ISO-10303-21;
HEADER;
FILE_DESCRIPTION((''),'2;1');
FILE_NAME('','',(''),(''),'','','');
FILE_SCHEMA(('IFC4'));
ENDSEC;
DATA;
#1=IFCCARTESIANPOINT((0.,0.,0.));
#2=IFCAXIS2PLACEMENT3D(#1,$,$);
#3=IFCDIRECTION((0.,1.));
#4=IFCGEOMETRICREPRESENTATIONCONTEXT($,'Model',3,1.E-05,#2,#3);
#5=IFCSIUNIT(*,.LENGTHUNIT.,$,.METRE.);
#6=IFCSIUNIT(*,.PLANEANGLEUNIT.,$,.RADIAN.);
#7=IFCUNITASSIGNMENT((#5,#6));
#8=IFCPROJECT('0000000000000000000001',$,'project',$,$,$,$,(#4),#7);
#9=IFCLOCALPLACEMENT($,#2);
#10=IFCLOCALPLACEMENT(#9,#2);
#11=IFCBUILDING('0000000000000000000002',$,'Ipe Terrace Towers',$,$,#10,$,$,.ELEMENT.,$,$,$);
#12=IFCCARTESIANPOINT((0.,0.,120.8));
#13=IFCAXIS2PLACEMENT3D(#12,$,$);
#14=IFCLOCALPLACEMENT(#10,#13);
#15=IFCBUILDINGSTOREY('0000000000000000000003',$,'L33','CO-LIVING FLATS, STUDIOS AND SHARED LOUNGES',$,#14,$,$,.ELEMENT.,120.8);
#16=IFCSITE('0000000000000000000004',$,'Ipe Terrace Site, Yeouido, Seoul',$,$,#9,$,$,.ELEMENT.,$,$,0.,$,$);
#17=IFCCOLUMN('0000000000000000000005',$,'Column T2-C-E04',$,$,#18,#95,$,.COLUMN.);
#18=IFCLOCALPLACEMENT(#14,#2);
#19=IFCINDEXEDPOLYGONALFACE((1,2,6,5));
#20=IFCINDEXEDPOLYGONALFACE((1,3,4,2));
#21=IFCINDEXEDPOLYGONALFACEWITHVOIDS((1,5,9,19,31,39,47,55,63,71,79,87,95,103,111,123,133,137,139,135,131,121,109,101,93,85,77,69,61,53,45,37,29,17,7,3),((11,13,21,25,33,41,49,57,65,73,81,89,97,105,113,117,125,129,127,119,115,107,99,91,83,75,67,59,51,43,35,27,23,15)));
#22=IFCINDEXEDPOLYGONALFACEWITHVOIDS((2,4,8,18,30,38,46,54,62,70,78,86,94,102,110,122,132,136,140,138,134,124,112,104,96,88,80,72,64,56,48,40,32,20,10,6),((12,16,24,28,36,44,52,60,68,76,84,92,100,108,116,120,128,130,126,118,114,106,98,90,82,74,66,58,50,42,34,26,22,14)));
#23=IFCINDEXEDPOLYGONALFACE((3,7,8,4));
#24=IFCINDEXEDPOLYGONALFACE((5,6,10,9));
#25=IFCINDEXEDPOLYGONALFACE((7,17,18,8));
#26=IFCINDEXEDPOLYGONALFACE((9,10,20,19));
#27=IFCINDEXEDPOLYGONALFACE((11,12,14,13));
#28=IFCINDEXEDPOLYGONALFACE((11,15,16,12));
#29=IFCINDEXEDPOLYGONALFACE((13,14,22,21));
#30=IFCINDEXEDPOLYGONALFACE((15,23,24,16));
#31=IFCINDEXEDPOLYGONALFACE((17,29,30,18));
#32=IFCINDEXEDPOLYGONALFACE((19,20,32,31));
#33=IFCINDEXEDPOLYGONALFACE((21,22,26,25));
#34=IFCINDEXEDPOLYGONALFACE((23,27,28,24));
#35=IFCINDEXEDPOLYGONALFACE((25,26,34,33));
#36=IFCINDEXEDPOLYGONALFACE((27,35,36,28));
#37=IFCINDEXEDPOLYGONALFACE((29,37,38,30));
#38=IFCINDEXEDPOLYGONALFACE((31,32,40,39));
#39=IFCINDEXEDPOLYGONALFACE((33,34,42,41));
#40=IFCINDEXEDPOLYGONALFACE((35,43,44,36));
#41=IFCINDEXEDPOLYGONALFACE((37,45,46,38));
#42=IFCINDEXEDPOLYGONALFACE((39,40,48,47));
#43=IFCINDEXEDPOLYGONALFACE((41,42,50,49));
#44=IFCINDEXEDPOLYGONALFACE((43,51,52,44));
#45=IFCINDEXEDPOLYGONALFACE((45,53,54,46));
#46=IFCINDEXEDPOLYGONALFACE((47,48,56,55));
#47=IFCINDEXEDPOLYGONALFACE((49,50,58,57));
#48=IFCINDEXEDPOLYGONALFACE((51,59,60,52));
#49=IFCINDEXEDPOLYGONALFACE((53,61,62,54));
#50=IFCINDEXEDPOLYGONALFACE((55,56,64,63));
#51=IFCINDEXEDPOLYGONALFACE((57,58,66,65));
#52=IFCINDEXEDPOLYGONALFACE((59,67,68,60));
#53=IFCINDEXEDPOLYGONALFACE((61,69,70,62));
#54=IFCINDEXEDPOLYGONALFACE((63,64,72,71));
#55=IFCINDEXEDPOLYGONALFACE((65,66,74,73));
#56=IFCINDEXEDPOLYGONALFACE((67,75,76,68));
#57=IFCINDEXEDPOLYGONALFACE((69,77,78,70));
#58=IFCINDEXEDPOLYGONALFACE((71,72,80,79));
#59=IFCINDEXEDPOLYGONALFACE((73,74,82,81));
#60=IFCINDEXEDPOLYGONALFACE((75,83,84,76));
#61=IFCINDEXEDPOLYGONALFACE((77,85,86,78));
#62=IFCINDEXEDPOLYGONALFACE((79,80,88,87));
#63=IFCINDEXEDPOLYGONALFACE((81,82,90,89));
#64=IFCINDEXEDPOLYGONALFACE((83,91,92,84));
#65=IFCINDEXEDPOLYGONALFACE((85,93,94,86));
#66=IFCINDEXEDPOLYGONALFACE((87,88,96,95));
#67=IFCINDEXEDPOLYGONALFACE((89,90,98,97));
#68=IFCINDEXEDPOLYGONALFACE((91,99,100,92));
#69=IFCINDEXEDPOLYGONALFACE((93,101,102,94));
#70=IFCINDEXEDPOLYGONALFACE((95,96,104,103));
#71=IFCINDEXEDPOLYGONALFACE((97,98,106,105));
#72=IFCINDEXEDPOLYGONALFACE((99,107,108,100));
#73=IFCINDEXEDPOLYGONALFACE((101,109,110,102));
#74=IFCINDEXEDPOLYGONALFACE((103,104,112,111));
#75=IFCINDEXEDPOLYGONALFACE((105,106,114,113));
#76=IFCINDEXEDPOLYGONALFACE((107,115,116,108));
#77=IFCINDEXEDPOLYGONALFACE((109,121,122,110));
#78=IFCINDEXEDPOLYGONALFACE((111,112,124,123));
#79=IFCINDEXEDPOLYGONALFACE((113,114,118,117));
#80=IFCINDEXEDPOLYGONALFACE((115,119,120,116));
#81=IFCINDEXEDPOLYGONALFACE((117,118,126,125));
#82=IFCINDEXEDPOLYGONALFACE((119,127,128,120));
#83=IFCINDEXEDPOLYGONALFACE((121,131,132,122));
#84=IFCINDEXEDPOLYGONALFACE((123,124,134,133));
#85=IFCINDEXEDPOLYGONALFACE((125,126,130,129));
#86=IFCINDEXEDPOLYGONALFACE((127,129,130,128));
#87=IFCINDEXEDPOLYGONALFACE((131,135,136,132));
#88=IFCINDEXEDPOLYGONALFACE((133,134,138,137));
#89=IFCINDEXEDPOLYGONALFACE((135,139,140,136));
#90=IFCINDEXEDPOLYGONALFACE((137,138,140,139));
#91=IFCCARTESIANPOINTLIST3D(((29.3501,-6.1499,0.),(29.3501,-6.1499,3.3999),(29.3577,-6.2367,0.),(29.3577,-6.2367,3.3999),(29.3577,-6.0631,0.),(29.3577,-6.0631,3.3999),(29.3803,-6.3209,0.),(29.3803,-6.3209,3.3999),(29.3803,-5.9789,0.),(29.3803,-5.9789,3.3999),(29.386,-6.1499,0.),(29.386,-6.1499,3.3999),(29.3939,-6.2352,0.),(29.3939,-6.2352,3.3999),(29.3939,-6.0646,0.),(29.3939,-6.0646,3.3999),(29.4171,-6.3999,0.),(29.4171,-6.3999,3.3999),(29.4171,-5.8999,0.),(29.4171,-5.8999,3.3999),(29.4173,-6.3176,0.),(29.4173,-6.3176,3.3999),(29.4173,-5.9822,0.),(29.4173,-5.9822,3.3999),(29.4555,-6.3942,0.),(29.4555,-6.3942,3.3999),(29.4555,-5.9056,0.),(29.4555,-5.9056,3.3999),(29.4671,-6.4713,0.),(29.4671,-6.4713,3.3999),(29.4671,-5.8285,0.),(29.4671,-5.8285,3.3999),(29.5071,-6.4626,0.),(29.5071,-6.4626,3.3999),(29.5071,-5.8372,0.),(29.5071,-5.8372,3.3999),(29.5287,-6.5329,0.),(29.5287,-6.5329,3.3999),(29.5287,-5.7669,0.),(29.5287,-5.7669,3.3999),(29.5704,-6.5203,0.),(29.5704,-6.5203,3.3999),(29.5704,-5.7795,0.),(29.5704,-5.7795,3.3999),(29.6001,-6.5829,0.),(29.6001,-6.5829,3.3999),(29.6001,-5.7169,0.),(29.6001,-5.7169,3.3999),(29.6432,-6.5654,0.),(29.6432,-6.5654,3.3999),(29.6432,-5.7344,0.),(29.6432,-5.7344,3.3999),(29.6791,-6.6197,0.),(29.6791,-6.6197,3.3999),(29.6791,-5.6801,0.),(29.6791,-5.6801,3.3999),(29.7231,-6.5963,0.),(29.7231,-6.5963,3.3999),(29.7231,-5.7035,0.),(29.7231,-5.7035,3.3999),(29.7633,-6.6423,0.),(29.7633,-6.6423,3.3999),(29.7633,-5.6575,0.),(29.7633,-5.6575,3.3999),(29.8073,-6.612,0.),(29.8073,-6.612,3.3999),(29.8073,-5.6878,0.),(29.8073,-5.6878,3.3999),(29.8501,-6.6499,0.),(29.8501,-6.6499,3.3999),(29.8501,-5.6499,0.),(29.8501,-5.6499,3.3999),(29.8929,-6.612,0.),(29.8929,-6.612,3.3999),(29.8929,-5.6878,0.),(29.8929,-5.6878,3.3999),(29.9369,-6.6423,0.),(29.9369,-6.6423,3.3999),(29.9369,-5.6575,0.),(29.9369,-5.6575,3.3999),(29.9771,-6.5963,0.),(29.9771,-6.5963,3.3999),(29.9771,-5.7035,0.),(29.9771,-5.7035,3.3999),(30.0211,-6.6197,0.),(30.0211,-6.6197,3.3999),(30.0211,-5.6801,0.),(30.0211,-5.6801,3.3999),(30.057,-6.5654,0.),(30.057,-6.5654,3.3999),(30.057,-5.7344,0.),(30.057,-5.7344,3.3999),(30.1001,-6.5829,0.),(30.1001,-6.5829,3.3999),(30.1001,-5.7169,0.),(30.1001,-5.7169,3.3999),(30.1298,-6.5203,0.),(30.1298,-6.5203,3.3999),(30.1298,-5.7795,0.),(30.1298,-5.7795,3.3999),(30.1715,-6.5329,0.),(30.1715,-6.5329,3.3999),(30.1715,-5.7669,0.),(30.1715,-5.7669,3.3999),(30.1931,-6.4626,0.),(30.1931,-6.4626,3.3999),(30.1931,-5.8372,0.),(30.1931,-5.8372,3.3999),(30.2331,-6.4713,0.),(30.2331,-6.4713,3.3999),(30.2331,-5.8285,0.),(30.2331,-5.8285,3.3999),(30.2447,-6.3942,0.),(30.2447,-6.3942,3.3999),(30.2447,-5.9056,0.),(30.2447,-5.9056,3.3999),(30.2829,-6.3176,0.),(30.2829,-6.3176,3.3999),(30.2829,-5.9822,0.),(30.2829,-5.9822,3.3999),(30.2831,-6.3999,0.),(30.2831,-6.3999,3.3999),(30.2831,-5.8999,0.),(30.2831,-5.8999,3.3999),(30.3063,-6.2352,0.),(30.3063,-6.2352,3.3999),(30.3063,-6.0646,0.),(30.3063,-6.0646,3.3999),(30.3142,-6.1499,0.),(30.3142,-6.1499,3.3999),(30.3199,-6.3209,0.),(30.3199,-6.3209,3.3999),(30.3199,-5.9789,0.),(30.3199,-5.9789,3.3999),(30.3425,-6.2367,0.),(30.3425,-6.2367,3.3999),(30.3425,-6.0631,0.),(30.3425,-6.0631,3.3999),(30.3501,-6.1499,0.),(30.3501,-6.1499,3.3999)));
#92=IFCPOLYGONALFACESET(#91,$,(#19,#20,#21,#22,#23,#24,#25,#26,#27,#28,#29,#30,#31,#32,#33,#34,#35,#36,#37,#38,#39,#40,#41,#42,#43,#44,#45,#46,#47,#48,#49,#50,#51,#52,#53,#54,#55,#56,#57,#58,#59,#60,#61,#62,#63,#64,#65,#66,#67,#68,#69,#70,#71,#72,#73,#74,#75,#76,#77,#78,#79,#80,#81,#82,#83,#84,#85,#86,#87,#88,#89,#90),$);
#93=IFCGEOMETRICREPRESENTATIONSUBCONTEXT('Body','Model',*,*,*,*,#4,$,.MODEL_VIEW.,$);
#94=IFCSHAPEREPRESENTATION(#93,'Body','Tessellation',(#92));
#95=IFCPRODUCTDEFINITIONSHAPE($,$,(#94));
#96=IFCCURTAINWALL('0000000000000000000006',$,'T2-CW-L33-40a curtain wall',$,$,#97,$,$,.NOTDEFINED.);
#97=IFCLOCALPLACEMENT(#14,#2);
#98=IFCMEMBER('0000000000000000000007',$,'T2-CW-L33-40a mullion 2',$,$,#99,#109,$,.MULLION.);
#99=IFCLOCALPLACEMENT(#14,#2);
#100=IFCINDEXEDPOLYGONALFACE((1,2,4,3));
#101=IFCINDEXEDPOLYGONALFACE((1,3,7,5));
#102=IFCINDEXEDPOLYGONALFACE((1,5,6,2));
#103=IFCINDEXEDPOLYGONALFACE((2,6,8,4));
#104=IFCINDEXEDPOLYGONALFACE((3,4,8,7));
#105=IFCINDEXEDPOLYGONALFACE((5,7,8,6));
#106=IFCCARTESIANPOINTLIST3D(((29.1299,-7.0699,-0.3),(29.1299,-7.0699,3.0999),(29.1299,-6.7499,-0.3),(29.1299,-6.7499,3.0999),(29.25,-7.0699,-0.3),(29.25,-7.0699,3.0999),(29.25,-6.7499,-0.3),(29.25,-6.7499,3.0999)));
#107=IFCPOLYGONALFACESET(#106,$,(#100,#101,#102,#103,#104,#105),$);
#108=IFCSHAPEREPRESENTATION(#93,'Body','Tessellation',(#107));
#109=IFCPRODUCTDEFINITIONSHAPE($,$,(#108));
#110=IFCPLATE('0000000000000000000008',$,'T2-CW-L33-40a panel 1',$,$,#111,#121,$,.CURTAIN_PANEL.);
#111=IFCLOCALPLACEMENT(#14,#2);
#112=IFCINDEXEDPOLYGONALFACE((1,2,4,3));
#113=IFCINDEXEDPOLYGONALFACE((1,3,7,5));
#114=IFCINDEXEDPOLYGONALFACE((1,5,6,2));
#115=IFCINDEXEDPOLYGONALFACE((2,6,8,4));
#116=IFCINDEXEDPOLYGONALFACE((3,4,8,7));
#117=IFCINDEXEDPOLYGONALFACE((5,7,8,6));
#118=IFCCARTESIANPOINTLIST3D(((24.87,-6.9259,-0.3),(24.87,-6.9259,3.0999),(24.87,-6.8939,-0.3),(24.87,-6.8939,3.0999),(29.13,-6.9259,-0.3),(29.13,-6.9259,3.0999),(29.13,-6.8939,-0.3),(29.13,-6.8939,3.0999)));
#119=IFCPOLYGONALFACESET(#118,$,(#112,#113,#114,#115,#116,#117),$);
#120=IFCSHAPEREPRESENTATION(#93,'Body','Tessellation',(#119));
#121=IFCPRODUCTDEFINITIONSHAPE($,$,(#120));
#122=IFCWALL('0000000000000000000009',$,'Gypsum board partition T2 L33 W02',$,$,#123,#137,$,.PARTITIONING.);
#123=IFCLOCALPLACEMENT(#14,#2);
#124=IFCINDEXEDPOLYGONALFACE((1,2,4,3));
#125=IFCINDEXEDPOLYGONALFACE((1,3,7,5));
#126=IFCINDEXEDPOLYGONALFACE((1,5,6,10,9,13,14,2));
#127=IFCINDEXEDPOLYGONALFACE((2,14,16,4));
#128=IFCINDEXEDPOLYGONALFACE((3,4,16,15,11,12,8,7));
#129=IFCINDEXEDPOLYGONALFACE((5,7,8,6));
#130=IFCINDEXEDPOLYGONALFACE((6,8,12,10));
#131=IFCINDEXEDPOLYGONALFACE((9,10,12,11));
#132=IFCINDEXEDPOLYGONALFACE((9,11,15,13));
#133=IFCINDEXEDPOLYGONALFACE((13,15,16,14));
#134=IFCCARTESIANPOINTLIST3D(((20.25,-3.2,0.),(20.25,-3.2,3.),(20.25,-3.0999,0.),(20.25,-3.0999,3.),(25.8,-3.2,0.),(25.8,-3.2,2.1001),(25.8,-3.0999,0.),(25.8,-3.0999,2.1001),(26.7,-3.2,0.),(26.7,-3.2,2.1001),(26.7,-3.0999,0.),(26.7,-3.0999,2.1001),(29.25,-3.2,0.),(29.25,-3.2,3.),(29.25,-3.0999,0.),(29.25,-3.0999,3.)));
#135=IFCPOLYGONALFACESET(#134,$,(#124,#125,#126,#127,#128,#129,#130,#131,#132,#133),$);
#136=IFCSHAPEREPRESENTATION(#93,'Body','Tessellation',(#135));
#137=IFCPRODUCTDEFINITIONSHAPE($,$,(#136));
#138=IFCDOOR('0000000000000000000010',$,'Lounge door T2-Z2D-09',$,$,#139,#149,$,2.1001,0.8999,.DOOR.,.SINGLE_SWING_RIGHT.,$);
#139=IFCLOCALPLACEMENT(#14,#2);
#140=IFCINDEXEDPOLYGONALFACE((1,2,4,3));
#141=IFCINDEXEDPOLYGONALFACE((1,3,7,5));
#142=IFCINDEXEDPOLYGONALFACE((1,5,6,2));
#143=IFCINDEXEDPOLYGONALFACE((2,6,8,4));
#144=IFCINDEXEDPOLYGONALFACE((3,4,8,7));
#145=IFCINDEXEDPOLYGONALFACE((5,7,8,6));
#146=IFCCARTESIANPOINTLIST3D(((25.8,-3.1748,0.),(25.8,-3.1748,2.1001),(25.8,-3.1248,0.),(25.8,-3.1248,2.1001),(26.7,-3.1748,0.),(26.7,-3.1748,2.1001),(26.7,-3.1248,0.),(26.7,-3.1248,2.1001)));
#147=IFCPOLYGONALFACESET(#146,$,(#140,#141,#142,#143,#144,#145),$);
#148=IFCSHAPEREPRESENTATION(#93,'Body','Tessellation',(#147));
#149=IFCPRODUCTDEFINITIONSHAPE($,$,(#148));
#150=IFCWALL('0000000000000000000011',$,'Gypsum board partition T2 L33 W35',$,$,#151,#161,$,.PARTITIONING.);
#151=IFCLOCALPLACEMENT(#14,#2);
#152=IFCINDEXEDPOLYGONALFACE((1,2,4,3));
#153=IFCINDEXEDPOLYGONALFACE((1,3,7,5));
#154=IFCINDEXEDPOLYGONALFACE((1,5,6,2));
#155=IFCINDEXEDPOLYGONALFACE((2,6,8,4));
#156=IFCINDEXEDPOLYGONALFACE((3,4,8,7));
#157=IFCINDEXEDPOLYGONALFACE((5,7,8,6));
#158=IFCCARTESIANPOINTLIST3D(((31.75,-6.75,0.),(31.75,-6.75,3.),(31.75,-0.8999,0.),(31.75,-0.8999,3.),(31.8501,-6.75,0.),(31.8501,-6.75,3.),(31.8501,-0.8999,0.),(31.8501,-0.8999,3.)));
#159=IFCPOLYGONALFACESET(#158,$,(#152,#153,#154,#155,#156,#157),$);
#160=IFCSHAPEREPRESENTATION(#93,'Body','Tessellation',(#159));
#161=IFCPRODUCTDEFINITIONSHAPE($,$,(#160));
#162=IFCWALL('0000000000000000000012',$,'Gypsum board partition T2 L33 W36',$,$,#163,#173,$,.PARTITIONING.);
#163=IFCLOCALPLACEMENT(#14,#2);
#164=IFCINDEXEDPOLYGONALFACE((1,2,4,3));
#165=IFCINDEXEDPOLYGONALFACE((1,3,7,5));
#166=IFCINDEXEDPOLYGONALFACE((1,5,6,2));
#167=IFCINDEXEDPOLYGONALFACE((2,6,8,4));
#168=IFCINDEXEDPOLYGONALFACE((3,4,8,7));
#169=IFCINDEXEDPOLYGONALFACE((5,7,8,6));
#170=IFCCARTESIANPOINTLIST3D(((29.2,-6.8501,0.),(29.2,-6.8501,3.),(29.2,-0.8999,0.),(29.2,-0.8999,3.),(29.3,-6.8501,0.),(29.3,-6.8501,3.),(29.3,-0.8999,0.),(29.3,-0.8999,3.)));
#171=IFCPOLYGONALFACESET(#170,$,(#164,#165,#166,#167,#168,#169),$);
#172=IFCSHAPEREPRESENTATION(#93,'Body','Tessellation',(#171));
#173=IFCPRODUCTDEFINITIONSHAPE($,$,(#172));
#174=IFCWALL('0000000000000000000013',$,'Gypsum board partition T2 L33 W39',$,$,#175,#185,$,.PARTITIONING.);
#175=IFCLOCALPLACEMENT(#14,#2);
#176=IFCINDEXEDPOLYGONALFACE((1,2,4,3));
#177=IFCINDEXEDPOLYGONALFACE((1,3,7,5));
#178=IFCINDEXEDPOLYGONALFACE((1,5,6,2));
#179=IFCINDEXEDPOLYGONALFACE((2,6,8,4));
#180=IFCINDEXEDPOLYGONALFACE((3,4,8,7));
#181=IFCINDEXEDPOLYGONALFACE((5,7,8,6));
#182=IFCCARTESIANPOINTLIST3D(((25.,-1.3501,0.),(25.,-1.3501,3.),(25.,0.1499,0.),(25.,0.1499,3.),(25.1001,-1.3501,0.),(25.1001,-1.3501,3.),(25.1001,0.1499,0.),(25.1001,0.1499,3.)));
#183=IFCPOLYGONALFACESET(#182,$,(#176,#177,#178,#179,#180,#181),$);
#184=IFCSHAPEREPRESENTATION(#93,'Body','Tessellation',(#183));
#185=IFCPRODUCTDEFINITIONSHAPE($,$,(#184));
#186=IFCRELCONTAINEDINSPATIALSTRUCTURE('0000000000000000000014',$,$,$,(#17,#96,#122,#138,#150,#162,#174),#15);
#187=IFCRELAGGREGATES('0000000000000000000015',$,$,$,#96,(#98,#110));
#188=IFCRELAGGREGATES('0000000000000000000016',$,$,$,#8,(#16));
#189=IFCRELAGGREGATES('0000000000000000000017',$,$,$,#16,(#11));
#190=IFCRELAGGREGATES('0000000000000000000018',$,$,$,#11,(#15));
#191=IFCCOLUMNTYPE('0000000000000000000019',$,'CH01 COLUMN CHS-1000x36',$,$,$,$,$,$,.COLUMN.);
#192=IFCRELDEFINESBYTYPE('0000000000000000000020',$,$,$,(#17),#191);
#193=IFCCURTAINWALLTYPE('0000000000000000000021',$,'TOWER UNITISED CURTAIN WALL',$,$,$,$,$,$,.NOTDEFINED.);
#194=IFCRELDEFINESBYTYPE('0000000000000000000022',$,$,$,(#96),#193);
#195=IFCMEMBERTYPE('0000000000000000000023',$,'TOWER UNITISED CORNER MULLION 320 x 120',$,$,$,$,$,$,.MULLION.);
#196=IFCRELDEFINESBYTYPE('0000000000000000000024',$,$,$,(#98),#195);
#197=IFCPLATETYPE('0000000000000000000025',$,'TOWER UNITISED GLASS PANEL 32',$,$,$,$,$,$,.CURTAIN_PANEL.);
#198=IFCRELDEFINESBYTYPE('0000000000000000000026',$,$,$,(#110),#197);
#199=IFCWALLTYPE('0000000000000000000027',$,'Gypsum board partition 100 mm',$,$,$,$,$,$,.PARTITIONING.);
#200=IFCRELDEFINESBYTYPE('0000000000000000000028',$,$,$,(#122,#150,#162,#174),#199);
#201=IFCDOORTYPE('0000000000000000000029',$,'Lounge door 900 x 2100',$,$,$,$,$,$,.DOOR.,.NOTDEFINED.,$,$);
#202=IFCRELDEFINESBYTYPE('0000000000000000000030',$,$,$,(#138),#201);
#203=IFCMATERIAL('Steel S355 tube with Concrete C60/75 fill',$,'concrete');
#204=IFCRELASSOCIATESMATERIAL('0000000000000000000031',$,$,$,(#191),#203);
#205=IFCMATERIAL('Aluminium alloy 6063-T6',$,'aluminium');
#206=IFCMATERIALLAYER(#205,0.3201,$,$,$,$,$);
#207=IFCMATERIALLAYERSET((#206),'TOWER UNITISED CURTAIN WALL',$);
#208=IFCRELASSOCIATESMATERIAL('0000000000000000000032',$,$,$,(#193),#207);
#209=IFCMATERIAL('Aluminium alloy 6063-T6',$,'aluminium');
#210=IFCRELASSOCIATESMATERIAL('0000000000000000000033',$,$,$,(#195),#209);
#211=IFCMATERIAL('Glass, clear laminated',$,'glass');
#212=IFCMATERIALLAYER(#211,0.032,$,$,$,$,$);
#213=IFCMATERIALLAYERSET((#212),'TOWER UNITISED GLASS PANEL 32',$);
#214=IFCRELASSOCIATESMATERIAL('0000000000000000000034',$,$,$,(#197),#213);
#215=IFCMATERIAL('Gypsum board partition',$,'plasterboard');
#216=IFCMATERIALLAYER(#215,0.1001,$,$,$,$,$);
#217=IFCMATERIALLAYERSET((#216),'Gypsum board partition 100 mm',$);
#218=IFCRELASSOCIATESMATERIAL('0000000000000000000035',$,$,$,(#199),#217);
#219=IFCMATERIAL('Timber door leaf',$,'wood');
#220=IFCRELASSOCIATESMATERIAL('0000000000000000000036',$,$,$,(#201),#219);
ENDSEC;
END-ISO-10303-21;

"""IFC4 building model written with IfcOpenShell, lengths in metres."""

from ifc_helpers import new_model, si_unit, direction, frame, frame_2d, origin, origin_2d, place, context, subcontext, project, spatial, rectangle, hollow_circle, extrude, material, layer, layer_set, material_profile, profile_set, type_object, element, fill, aggregate, save


model = new_model("IFC4")

# Units and contexts
model_context = context("Model", 3, precision=1e-05, world=origin(), true_north=direction((0.0, 1.0)))
body_context = subcontext(model_context, "Body", "Model", "MODEL_VIEW")
ifc_project = project(units=[si_unit("LENGTHUNIT", "METRE"), si_unit("PLANEANGLEUNIT", "RADIAN")], contexts=[model_context])

# Site, building, storey
site_placement = place(None, origin())
site = spatial("IfcSite", under=ifc_project, at=site_placement, Name="Ipe Terrace Site, Yeouido, Seoul", CompositionType="ELEMENT", RefElevation=0.0)
building_placement = place(site_placement, origin())
building = spatial("IfcBuilding", under=site, at=building_placement, Name="Ipe Terrace Towers", CompositionType="ELEMENT")
storey_placement = place(building_placement, frame((0.0, 0.0, 120.8)))
storey = spatial("IfcBuildingStorey", under=building, at=storey_placement, Name="L33", Description="CO-LIVING FLATS, STUDIOS AND SHARED LOUNGES", CompositionType="ELEMENT", Elevation=120.8)

# Column
ifc_material_1 = material(Name="Steel S355 tube with Concrete C60/75 fill", Category="concrete")
ifc_material_profile_1 = material_profile(ifc_material_1, hollow_circle(Radius=0.5, WallThickness=0.0359, at=origin_2d()), Name="CHS-1000x36")
ifc_profile_set_1 = profile_set([ifc_material_profile_1], Name="Steel S355 tube with Concrete C60/75 fill")
column_type = type_object("IfcColumnType", Name="CH01 COLUMN CHS-1000x36", PredefinedType="COLUMN", material=ifc_profile_set_1)
column_placement = place(storey_placement, frame((29.8501, -6.1499, 0.0), z_axis=(0.0, 0.0, 1.0), x_axis=(1.0, 0.0, 0.0)))
element("IfcColumn", 1, at=column_placement, inside=storey, type_object=column_type, Name="Column T2-C-E04", PredefinedType="COLUMN", context=body_context, shape_type="SweptSolid", body=[
    extrude(hollow_circle(Radius=0.5, WallThickness=0.0359, at=origin_2d()), origin(), (0.0, 0.0, 1.0), 3.3999),
])

# Curtain wall, member, plate
ifc_material_2 = material(Name="Aluminium alloy 6063-T6", Category="aluminium")
ifc_layer_1 = layer(ifc_material_2, 0.3201)
ifc_layer_set_1 = layer_set([ifc_layer_1], Name="TOWER UNITISED CURTAIN WALL")
curtain_wall_type = type_object("IfcCurtainWallType", Name="TOWER UNITISED CURTAIN WALL", PredefinedType="NOTDEFINED", material=ifc_layer_set_1)
curtain_wall_placement = place(storey_placement, origin())
curtain_wall = element("IfcCurtainWall", 2, at=curtain_wall_placement, inside=storey, type_object=curtain_wall_type, Name="T2-CW-L33-40a curtain wall", PredefinedType="NOTDEFINED")
ifc_material_3 = material(Name="Aluminium alloy 6063-T6", Category="aluminium")
ifc_material_profile_2 = material_profile(ifc_material_3, rectangle(XDim=0.3201, YDim=0.1201, at=origin_2d()), Name="TOWER UNITISED CORNER MULLION 320 x 120")
ifc_profile_set_2 = profile_set([ifc_material_profile_2], Name="Aluminium alloy 6063-T6")
member_type = type_object("IfcMemberType", Name="TOWER UNITISED CORNER MULLION 320 x 120", PredefinedType="MULLION", material=ifc_profile_set_2)
member_placement = place(storey_placement, frame((29.1899, -6.9099, -0.3), z_axis=(0.0, 0.0, 1.0), x_axis=(0.0, -1.0, 0.0)))
member = element("IfcMember", 3, at=member_placement, type_object=member_type, Name="T2-CW-L33-40a mullion 2", PredefinedType="MULLION", context=body_context, shape_type="SweptSolid", body=[
    extrude(rectangle(XDim=0.3201, YDim=0.1201, at=origin_2d()), origin(), (0.0, 0.0, 1.0), 3.3999),
])
ifc_material_4 = material(Name="Glass, clear laminated", Category="glass")
ifc_layer_2 = layer(ifc_material_4, 0.032)
ifc_layer_set_2 = layer_set([ifc_layer_2], Name="TOWER UNITISED GLASS PANEL 32")
plate_type = type_object("IfcPlateType", Name="TOWER UNITISED GLASS PANEL 32", PredefinedType="CURTAIN_PANEL", material=ifc_layer_set_2)
plate_placement = place(storey_placement, frame((27.0, -6.9099, -0.3), z_axis=(0.0, 0.0, 1.0), x_axis=(1.0, 0.0, 0.0)))
plate = element("IfcPlate", 4, at=plate_placement, type_object=plate_type, Name="T2-CW-L33-40a panel 1", PredefinedType="CURTAIN_PANEL", context=body_context, shape_type="SweptSolid", body=[
    extrude(rectangle(XDim=4.26, YDim=0.032, at=origin_2d()), origin(), (0.0, 0.0, 1.0), 3.3999),
])
aggregate(curtain_wall, [member, plate])

# Wall, opening, door
ifc_material_5 = material(Name="Gypsum board partition", Category="plasterboard")
ifc_layer_3 = layer(ifc_material_5, 0.1001)
ifc_layer_set_3 = layer_set([ifc_layer_3], Name="Gypsum board partition 100 mm")
wall_type_1 = type_object("IfcWallType", Name="Gypsum board partition 100 mm", PredefinedType="PARTITIONING", material=ifc_layer_set_3)
wall_1_placement = place(storey_placement, frame((29.25, -3.1499, 0.0), z_axis=(0.0, 0.0, 1.0), x_axis=(-1.0, 0.0, 0.0)))
wall_1 = element("IfcWall", 5, at=wall_1_placement, inside=storey, type_object=wall_type_1, Name="Gypsum board partition T2 L33 W02", PredefinedType="PARTITIONING", context=body_context, shape_type="SweptSolid", body=[
    extrude(rectangle(XDim=9.0, YDim=0.1001, at=frame_2d((4.5, 0.0))), origin(), (0.0, 0.0, 1.0), 3.0),
])
opening_1_placement = place(wall_1_placement, frame((2.55, 0.0, 0.0)))
opening_1 = element("IfcOpeningElement", 6, at=opening_1_placement, cuts=wall_1, PredefinedType="OPENING", context=body_context, shape_type="SweptSolid", body=[
    extrude(rectangle(XDim=0.8999, YDim=2.1001, at=frame_2d((0.45, 1.05))), frame((0.0, 0.0601, 0.0), z_axis=(0.0, -1.0, 0.0), x_axis=(1.0, 0.0, 0.0)), (0.0, 0.0, 1.0), 0.1201),
])
ifc_material_6 = material(Name="Timber door leaf", Category="wood")
door_type_1 = type_object("IfcDoorType", Name="Lounge door 900 x 2100", OperationType="NOTDEFINED", PredefinedType="DOOR", material=ifc_material_6)
door_1_placement = place(opening_1_placement, origin())
door_1 = element("IfcDoor", 7, at=door_1_placement, inside=storey, type_object=door_type_1, Name="Lounge door T2-Z2D-09", OperationType="SINGLE_SWING_RIGHT", OverallHeight=2.1001, OverallWidth=0.8999, PredefinedType="DOOR", context=body_context, shape_type="SweptSolid", body=[
    extrude(rectangle(XDim=0.8999, YDim=2.1001, at=frame_2d((0.45, 1.05))), frame((0.0, 0.0249, 0.0), z_axis=(0.0, -1.0, 0.0), x_axis=(1.0, 0.0, 0.0)), (0.0, 0.0, 1.0), 0.05),
])
fill(opening_1, door_1)

# Walls
wall_2_placement = place(storey_placement, frame((31.8, -6.75, 0.0), z_axis=(0.0, 0.0, 1.0), x_axis=(0.0, 1.0, 0.0)))
element("IfcWall", 8, at=wall_2_placement, inside=storey, type_object=wall_type_1, Name="Gypsum board partition T2 L33 W35", PredefinedType="PARTITIONING", context=body_context, shape_type="SweptSolid", body=[
    extrude(rectangle(XDim=5.8501, YDim=0.1001, at=frame_2d((2.925, 0.0))), origin(), (0.0, 0.0, 1.0), 3.0),
])
wall_3_placement = place(storey_placement, frame((29.25, -6.8501, 0.0), z_axis=(0.0, 0.0, 1.0), x_axis=(0.0, 1.0, 0.0)))
element("IfcWall", 9, at=wall_3_placement, inside=storey, type_object=wall_type_1, Name="Gypsum board partition T2 L33 W36", PredefinedType="PARTITIONING", context=body_context, shape_type="SweptSolid", body=[
    extrude(rectangle(XDim=5.9502, YDim=0.1001, at=frame_2d((2.9751, 0.0))), origin(), (0.0, 0.0, 1.0), 3.0),
])
wall_4_placement = place(storey_placement, frame((25.05, -1.3501, 0.0), z_axis=(0.0, 0.0, 1.0), x_axis=(0.0, 1.0, 0.0)))
element("IfcWall", 10, at=wall_4_placement, inside=storey, type_object=wall_type_1, Name="Gypsum board partition T2 L33 W39", PredefinedType="PARTITIONING", context=body_context, shape_type="SweptSolid", body=[
    extrude(rectangle(XDim=1.5, YDim=0.1001, at=frame_2d((0.75, 0.0))), origin(), (0.0, 0.0, 1.0), 3.0),
])

save(model, "model.ifc")
